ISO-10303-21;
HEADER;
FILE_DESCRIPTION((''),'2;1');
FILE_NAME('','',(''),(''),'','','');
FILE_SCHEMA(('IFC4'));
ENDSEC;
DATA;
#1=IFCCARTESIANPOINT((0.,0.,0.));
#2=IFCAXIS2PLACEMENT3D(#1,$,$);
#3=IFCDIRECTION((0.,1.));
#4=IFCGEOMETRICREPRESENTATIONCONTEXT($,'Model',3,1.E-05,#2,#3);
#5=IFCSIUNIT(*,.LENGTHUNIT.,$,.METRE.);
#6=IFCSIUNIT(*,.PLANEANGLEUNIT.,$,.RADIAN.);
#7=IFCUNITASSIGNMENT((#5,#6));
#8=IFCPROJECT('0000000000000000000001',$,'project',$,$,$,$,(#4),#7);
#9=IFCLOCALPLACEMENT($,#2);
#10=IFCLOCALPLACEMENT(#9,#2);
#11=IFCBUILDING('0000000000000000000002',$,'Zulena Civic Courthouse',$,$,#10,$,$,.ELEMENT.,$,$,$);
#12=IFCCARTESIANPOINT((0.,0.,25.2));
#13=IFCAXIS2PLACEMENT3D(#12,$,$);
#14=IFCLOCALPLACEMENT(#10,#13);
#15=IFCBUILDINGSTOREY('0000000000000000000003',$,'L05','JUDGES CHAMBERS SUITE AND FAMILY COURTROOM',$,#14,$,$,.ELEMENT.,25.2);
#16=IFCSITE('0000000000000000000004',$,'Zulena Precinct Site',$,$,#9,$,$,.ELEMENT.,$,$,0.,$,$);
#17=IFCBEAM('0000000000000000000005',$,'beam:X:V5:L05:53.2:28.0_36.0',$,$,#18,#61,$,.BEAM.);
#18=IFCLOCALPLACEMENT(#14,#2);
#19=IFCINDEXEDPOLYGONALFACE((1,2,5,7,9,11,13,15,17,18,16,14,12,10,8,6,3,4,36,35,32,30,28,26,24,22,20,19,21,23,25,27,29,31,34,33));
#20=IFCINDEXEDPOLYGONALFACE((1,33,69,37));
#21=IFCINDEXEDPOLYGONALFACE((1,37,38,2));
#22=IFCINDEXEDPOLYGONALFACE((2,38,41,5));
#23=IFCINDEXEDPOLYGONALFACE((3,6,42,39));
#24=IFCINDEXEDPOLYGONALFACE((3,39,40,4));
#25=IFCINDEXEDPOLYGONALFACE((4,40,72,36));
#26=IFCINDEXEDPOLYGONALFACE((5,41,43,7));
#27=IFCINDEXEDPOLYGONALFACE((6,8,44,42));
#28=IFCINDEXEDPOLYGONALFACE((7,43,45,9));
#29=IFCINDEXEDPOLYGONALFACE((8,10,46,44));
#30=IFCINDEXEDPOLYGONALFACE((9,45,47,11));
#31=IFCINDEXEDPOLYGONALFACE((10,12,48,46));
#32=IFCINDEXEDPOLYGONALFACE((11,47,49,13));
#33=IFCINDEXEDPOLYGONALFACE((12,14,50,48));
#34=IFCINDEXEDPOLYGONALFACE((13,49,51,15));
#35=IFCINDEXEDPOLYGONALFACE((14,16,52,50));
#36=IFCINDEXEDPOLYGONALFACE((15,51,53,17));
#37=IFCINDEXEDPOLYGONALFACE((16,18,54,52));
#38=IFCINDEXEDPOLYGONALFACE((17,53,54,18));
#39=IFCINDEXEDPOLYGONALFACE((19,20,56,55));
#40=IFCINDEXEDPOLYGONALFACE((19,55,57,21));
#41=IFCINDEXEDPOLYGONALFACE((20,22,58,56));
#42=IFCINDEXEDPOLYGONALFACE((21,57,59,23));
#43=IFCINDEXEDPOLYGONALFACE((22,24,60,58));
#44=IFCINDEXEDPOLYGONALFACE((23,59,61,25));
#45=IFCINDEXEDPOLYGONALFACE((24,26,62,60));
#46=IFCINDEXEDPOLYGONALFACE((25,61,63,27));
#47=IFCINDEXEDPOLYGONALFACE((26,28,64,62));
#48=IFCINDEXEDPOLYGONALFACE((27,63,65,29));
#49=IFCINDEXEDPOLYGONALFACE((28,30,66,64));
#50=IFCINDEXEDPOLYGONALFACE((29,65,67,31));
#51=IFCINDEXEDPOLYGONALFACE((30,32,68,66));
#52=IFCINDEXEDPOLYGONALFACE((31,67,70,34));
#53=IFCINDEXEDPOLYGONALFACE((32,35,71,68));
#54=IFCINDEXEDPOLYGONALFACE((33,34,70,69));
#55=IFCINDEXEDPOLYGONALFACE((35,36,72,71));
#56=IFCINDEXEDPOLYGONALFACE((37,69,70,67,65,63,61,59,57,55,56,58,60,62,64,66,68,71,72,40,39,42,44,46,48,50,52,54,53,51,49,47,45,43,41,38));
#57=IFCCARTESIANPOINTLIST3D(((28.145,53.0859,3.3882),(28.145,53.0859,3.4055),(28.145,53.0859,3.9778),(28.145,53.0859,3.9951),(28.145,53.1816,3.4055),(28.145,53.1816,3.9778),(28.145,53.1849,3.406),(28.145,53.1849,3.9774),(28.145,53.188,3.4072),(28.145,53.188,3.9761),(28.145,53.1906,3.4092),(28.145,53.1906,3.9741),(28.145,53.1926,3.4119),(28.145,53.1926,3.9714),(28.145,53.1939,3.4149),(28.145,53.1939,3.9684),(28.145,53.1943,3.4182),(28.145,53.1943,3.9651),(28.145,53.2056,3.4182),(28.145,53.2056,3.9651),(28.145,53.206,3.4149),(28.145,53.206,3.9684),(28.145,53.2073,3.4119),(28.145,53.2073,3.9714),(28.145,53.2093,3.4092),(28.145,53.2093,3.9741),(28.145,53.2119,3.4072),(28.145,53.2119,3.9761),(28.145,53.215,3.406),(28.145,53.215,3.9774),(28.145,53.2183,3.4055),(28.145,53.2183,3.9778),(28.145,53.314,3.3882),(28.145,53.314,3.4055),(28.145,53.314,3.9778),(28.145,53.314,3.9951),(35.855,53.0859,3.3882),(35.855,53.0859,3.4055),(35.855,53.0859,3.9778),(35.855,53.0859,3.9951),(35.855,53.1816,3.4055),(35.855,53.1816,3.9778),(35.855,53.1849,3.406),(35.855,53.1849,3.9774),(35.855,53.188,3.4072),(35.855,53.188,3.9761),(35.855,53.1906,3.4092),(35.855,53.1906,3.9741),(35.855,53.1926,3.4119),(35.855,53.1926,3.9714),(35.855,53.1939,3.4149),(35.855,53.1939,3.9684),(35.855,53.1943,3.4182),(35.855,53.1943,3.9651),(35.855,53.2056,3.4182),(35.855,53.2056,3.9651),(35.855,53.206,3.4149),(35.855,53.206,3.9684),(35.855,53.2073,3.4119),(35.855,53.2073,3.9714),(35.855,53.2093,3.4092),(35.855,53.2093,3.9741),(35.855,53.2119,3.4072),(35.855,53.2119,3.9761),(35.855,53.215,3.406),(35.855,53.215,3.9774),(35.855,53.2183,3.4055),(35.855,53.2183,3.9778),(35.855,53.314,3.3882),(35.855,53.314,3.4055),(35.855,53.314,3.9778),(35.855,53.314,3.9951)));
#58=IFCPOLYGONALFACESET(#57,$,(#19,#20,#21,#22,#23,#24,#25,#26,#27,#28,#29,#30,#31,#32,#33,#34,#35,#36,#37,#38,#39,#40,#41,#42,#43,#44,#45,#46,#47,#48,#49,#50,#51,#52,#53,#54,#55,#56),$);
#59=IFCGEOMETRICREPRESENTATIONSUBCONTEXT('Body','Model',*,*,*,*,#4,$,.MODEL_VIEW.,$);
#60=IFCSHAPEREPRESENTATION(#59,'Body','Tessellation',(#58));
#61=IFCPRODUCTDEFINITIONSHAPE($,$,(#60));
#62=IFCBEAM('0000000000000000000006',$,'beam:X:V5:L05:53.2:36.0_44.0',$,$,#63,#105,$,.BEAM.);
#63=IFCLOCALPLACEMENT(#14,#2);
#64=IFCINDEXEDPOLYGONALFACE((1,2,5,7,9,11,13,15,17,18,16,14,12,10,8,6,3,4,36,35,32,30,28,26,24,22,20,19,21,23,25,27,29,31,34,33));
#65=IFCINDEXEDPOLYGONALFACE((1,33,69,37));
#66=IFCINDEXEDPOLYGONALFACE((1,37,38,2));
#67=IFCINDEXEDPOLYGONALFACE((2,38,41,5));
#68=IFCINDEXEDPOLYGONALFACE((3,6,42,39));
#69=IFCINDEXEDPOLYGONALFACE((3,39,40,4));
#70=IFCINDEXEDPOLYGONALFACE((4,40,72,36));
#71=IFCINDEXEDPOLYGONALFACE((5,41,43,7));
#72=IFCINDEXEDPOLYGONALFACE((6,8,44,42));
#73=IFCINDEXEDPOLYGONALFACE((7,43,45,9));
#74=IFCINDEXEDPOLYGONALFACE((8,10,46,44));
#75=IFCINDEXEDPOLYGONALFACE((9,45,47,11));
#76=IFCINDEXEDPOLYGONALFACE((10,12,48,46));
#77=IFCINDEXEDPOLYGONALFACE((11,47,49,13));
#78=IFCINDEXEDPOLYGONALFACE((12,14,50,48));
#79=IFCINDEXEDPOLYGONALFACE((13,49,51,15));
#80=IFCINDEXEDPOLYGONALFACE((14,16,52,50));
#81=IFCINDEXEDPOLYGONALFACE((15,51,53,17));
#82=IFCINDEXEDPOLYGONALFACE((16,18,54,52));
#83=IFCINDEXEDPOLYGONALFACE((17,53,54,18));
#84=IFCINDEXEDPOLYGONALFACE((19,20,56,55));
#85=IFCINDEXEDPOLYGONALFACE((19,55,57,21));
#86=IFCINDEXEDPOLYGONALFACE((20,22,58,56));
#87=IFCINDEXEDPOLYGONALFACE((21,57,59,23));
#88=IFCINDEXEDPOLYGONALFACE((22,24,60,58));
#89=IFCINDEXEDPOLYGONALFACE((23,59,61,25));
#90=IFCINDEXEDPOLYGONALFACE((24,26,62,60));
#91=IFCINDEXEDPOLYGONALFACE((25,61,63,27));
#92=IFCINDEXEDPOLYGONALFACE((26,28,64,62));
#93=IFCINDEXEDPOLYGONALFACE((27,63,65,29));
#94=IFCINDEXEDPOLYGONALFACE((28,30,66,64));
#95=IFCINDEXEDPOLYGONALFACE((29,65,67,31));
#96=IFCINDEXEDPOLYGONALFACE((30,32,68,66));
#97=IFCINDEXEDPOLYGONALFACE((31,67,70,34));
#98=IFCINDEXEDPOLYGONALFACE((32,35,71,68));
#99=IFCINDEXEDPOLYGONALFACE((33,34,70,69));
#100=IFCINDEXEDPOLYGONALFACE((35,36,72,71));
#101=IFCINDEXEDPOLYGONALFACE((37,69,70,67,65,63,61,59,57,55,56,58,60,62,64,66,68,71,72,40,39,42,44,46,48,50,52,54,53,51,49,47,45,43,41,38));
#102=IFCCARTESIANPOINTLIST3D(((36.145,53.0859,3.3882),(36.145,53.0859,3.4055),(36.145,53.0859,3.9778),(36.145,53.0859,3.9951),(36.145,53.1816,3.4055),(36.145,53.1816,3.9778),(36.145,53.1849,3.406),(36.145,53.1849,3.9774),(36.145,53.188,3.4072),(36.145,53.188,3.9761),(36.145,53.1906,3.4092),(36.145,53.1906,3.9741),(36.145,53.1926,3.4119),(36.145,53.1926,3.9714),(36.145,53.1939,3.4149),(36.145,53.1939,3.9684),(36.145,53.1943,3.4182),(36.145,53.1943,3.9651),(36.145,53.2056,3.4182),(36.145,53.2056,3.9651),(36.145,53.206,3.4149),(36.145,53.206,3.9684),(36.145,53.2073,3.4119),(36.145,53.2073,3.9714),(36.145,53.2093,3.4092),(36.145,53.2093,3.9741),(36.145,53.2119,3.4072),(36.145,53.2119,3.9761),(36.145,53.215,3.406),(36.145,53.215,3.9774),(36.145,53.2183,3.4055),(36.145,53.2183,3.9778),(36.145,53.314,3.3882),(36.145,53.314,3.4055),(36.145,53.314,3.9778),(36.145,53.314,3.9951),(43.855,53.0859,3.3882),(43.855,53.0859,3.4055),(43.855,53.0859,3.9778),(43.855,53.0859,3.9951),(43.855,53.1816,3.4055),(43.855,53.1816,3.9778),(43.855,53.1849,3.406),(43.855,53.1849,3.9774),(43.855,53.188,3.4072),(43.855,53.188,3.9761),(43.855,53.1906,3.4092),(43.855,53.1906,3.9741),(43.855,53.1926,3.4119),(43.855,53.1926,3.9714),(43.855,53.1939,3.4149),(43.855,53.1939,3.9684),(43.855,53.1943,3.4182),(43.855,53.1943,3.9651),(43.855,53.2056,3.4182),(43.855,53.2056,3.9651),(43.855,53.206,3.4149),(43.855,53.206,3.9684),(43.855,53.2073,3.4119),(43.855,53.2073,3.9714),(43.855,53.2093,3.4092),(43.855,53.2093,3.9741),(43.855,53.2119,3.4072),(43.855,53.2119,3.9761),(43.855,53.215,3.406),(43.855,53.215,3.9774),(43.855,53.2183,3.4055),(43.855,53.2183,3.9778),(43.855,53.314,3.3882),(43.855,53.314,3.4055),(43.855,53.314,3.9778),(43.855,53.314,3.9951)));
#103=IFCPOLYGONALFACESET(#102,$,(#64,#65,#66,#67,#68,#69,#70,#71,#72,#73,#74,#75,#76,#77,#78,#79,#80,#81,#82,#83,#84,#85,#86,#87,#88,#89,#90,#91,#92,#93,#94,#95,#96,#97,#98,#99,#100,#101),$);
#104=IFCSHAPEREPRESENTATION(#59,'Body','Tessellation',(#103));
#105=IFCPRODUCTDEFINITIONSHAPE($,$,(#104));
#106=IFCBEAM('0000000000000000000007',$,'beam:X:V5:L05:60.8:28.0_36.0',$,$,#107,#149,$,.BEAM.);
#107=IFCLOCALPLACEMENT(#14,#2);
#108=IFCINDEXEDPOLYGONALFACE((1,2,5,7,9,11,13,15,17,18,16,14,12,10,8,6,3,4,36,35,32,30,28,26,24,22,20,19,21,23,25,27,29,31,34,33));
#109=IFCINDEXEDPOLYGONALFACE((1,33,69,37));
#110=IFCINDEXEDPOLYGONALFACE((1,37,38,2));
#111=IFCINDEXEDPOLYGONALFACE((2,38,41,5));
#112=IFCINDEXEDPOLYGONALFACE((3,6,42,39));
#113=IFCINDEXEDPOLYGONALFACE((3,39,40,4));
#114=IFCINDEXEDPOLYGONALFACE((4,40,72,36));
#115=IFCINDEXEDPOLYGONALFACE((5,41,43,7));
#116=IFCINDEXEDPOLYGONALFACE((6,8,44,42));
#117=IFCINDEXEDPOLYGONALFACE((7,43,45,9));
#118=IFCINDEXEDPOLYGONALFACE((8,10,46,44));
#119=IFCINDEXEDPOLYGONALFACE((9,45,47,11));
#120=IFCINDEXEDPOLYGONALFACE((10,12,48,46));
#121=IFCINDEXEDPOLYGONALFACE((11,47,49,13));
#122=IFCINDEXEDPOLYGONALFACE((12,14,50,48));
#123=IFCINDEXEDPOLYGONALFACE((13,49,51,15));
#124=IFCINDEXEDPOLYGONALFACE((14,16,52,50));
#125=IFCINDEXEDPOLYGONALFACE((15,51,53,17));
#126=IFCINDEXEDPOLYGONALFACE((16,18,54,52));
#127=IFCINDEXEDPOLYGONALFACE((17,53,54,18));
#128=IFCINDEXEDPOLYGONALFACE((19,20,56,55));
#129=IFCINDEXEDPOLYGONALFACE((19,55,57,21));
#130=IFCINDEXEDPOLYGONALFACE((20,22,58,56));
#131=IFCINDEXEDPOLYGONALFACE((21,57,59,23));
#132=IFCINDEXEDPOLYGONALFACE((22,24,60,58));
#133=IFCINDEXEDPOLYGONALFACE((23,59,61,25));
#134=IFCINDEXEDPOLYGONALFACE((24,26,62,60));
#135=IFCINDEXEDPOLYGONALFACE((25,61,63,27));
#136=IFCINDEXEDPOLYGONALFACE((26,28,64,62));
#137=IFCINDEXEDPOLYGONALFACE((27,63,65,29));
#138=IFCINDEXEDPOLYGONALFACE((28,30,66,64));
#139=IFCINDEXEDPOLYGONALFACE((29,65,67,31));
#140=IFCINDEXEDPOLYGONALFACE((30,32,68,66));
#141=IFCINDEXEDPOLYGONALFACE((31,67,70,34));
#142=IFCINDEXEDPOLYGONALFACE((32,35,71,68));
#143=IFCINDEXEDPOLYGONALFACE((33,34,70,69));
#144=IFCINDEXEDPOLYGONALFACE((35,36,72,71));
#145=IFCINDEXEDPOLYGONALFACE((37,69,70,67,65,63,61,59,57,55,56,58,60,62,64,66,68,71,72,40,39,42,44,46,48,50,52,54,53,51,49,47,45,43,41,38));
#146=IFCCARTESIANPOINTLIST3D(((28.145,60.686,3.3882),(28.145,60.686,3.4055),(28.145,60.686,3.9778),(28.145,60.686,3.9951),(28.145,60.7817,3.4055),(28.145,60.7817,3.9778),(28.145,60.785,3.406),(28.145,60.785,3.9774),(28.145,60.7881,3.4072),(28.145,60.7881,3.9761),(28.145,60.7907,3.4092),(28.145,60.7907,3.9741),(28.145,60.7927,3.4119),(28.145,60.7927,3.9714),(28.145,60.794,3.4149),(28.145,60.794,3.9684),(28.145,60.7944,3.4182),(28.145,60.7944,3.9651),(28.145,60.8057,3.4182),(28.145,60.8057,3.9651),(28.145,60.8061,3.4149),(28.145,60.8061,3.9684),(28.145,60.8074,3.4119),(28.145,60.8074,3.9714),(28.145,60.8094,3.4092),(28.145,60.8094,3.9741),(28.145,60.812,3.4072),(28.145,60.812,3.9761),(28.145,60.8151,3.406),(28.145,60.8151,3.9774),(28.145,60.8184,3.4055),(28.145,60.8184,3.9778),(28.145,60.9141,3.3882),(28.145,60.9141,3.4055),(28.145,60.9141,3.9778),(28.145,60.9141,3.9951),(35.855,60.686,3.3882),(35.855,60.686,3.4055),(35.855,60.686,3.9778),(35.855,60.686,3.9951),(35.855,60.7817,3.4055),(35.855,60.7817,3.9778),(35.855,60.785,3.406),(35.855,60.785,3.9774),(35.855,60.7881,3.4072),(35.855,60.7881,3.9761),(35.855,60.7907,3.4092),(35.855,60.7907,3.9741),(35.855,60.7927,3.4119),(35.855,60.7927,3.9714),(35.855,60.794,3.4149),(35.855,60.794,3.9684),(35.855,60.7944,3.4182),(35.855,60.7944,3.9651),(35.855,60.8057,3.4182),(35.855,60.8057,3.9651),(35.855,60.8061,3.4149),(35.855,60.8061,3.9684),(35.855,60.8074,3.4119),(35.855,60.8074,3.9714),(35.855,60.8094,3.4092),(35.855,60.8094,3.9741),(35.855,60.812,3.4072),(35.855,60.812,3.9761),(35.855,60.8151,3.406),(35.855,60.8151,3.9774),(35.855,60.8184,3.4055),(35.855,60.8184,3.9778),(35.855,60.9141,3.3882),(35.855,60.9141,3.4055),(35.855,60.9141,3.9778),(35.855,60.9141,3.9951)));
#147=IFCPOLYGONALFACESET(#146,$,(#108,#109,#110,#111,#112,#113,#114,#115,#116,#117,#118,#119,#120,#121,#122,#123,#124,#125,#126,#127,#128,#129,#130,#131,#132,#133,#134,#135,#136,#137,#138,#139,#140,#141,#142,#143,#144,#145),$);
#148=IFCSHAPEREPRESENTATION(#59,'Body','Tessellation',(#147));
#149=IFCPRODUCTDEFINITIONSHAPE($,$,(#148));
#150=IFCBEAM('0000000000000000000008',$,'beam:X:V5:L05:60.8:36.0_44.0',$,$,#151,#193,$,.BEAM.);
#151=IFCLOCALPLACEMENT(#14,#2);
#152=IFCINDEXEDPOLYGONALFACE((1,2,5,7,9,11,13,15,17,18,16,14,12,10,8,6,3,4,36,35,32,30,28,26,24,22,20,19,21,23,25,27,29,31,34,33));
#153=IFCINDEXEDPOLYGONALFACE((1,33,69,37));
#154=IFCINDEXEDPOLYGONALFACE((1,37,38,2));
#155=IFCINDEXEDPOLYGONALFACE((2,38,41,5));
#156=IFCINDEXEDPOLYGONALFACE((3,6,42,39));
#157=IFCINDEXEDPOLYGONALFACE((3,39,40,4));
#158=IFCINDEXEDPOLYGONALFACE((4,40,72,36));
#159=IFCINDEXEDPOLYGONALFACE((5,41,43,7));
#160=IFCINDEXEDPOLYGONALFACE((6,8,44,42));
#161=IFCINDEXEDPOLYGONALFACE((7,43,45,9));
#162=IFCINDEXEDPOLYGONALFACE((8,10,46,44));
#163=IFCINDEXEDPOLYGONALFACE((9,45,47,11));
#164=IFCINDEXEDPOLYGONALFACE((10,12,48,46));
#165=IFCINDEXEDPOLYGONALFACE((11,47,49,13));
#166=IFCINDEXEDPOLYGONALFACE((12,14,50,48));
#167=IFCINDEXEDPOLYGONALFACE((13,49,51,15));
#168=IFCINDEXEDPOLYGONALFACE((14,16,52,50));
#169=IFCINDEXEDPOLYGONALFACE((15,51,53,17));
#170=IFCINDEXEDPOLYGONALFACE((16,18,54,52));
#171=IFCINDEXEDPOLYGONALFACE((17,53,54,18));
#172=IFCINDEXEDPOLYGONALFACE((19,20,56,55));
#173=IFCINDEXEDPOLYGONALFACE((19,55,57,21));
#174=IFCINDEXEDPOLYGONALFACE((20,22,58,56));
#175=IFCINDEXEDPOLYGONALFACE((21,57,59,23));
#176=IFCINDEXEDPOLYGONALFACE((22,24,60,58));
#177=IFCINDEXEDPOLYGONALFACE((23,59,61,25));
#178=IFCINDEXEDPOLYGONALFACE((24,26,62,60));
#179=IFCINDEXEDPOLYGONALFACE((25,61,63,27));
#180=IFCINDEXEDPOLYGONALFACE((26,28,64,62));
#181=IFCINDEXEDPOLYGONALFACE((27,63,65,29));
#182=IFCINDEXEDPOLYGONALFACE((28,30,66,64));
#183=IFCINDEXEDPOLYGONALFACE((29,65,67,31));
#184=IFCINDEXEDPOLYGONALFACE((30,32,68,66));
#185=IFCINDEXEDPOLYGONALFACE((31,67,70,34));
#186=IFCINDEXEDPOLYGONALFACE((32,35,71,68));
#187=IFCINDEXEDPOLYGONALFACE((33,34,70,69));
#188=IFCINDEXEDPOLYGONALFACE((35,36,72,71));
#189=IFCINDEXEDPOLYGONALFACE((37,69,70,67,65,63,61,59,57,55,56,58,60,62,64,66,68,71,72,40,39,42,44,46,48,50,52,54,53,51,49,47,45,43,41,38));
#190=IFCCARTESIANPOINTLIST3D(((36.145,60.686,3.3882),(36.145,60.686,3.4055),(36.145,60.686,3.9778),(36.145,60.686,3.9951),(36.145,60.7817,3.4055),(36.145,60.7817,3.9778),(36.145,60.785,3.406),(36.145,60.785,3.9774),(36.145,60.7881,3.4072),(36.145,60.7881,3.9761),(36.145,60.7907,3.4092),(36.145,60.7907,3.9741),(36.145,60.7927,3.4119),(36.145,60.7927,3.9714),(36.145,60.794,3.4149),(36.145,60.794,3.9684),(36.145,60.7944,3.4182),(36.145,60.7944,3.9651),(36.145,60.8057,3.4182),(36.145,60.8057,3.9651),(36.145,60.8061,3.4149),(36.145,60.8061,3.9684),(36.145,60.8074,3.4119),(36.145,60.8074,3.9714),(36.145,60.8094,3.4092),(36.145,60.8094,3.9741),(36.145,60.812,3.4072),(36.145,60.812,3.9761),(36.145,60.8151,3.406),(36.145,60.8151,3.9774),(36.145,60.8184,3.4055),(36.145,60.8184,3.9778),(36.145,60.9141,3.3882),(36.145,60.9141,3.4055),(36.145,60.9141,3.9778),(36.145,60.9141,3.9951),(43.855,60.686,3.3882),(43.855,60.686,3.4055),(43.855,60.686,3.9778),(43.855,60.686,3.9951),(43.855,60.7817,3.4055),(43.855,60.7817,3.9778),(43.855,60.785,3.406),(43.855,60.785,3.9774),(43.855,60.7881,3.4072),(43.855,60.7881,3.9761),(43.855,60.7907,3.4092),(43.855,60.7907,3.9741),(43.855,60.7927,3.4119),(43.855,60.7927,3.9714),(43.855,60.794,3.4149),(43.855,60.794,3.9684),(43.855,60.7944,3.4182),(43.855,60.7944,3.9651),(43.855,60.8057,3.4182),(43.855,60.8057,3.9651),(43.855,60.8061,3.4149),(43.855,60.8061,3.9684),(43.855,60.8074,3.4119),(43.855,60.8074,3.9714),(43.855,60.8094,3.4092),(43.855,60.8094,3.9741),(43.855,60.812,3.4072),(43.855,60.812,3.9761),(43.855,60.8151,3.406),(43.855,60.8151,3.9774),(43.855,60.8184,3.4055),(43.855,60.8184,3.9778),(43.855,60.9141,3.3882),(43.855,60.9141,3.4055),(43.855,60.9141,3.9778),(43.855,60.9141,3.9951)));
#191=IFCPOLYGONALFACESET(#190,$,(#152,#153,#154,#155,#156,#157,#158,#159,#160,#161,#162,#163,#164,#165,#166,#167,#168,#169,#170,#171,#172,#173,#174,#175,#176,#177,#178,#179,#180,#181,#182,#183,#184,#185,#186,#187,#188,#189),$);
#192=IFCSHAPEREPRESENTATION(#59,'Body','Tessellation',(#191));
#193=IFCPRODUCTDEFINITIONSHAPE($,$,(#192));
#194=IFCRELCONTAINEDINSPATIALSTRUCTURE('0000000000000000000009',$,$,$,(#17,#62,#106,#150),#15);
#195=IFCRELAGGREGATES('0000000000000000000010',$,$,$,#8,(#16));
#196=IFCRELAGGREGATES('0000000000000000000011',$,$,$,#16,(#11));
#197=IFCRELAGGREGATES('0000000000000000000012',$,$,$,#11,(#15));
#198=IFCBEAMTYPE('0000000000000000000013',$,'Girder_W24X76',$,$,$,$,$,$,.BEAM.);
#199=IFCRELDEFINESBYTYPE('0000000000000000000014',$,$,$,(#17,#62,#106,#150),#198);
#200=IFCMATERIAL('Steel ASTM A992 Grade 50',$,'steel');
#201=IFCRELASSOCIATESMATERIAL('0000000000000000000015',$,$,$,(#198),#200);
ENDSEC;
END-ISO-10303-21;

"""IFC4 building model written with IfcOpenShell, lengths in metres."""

from ifc_helpers import new_model, si_unit, direction, frame, origin, origin_2d, place, context, subcontext, project, spatial, i_section, extrude, material, material_profile, profile_set, type_object, element, save


model = new_model("IFC4")

# Units and contexts
model_context = context("Model", 3, precision=1e-05, world=origin(), true_north=direction((0.0, 1.0)))
body_context = subcontext(model_context, "Body", "Model", "MODEL_VIEW")
ifc_project = project(units=[si_unit("LENGTHUNIT", "METRE"), si_unit("PLANEANGLEUNIT", "RADIAN")], contexts=[model_context])

# Site, building, storey
site_placement = place(None, origin())
site = spatial("IfcSite", under=ifc_project, at=site_placement, Name="Zulena Precinct Site", CompositionType="ELEMENT", RefElevation=0.0)
building_placement = place(site_placement, origin())
building = spatial("IfcBuilding", under=site, at=building_placement, Name="Zulena Civic Courthouse", CompositionType="ELEMENT")
storey_placement = place(building_placement, frame((0.0, 0.0, 25.2)))
storey = spatial("IfcBuildingStorey", under=building, at=storey_placement, Name="L05", Description="JUDGES CHAMBERS SUITE AND FAMILY COURTROOM", CompositionType="ELEMENT", Elevation=25.2)

# Shared definitions
ifc_material_1 = material(Name="Steel ASTM A992 Grade 50", Category="steel")

# Beams
ifc_material_profile_1 = material_profile(ifc_material_1, i_section(OverallWidth=0.228, OverallDepth=0.6069, WebThickness=0.0112, FlangeThickness=0.0173, FilletRadius=0.0127, at=origin_2d()), Name="W24X76")
ifc_profile_set_1 = profile_set([ifc_material_profile_1], Name="Steel ASTM A992 Grade 50")
beam_type_1 = type_object("IfcBeamType", Name="Girder_W24X76", PredefinedType="BEAM", material=ifc_profile_set_1)
for number, where, z_axis, x_axis, name in (
    (1, (28.145, 53.2, 3.6917), (1.0, 0.0, 0.0), (0.0, 1.0, 0.0), "beam:X:V5:L05:53.2:28.0_36.0"),
    (2, (36.145, 53.2, 3.6917), (1.0, 0.0, 0.0), (0.0, 1.0, 0.0), "beam:X:V5:L05:53.2:36.0_44.0"),
    (3, (28.145, 60.8, 3.6917), (1.0, 0.0, 0.0), (0.0, 1.0, 0.0), "beam:X:V5:L05:60.8:28.0_36.0"),
    (4, (36.145, 60.8, 3.6917), (1.0, 0.0, 0.0), (0.0, 1.0, 0.0), "beam:X:V5:L05:60.8:36.0_44.0"),
):
    element("IfcBeam", number, at=place(storey_placement, frame(where, z_axis=z_axis, x_axis=x_axis)), inside=storey, type_object=beam_type_1, Name=name, PredefinedType="BEAM", context=body_context, shape_type="SweptSolid", body=[
        extrude(i_section(OverallWidth=0.228, OverallDepth=0.6069, WebThickness=0.0112, FlangeThickness=0.0173, FilletRadius=0.0127, at=origin_2d()), origin(), (0.0, 0.0, 1.0), 7.71),
    ])

save(model, "model.ifc")
